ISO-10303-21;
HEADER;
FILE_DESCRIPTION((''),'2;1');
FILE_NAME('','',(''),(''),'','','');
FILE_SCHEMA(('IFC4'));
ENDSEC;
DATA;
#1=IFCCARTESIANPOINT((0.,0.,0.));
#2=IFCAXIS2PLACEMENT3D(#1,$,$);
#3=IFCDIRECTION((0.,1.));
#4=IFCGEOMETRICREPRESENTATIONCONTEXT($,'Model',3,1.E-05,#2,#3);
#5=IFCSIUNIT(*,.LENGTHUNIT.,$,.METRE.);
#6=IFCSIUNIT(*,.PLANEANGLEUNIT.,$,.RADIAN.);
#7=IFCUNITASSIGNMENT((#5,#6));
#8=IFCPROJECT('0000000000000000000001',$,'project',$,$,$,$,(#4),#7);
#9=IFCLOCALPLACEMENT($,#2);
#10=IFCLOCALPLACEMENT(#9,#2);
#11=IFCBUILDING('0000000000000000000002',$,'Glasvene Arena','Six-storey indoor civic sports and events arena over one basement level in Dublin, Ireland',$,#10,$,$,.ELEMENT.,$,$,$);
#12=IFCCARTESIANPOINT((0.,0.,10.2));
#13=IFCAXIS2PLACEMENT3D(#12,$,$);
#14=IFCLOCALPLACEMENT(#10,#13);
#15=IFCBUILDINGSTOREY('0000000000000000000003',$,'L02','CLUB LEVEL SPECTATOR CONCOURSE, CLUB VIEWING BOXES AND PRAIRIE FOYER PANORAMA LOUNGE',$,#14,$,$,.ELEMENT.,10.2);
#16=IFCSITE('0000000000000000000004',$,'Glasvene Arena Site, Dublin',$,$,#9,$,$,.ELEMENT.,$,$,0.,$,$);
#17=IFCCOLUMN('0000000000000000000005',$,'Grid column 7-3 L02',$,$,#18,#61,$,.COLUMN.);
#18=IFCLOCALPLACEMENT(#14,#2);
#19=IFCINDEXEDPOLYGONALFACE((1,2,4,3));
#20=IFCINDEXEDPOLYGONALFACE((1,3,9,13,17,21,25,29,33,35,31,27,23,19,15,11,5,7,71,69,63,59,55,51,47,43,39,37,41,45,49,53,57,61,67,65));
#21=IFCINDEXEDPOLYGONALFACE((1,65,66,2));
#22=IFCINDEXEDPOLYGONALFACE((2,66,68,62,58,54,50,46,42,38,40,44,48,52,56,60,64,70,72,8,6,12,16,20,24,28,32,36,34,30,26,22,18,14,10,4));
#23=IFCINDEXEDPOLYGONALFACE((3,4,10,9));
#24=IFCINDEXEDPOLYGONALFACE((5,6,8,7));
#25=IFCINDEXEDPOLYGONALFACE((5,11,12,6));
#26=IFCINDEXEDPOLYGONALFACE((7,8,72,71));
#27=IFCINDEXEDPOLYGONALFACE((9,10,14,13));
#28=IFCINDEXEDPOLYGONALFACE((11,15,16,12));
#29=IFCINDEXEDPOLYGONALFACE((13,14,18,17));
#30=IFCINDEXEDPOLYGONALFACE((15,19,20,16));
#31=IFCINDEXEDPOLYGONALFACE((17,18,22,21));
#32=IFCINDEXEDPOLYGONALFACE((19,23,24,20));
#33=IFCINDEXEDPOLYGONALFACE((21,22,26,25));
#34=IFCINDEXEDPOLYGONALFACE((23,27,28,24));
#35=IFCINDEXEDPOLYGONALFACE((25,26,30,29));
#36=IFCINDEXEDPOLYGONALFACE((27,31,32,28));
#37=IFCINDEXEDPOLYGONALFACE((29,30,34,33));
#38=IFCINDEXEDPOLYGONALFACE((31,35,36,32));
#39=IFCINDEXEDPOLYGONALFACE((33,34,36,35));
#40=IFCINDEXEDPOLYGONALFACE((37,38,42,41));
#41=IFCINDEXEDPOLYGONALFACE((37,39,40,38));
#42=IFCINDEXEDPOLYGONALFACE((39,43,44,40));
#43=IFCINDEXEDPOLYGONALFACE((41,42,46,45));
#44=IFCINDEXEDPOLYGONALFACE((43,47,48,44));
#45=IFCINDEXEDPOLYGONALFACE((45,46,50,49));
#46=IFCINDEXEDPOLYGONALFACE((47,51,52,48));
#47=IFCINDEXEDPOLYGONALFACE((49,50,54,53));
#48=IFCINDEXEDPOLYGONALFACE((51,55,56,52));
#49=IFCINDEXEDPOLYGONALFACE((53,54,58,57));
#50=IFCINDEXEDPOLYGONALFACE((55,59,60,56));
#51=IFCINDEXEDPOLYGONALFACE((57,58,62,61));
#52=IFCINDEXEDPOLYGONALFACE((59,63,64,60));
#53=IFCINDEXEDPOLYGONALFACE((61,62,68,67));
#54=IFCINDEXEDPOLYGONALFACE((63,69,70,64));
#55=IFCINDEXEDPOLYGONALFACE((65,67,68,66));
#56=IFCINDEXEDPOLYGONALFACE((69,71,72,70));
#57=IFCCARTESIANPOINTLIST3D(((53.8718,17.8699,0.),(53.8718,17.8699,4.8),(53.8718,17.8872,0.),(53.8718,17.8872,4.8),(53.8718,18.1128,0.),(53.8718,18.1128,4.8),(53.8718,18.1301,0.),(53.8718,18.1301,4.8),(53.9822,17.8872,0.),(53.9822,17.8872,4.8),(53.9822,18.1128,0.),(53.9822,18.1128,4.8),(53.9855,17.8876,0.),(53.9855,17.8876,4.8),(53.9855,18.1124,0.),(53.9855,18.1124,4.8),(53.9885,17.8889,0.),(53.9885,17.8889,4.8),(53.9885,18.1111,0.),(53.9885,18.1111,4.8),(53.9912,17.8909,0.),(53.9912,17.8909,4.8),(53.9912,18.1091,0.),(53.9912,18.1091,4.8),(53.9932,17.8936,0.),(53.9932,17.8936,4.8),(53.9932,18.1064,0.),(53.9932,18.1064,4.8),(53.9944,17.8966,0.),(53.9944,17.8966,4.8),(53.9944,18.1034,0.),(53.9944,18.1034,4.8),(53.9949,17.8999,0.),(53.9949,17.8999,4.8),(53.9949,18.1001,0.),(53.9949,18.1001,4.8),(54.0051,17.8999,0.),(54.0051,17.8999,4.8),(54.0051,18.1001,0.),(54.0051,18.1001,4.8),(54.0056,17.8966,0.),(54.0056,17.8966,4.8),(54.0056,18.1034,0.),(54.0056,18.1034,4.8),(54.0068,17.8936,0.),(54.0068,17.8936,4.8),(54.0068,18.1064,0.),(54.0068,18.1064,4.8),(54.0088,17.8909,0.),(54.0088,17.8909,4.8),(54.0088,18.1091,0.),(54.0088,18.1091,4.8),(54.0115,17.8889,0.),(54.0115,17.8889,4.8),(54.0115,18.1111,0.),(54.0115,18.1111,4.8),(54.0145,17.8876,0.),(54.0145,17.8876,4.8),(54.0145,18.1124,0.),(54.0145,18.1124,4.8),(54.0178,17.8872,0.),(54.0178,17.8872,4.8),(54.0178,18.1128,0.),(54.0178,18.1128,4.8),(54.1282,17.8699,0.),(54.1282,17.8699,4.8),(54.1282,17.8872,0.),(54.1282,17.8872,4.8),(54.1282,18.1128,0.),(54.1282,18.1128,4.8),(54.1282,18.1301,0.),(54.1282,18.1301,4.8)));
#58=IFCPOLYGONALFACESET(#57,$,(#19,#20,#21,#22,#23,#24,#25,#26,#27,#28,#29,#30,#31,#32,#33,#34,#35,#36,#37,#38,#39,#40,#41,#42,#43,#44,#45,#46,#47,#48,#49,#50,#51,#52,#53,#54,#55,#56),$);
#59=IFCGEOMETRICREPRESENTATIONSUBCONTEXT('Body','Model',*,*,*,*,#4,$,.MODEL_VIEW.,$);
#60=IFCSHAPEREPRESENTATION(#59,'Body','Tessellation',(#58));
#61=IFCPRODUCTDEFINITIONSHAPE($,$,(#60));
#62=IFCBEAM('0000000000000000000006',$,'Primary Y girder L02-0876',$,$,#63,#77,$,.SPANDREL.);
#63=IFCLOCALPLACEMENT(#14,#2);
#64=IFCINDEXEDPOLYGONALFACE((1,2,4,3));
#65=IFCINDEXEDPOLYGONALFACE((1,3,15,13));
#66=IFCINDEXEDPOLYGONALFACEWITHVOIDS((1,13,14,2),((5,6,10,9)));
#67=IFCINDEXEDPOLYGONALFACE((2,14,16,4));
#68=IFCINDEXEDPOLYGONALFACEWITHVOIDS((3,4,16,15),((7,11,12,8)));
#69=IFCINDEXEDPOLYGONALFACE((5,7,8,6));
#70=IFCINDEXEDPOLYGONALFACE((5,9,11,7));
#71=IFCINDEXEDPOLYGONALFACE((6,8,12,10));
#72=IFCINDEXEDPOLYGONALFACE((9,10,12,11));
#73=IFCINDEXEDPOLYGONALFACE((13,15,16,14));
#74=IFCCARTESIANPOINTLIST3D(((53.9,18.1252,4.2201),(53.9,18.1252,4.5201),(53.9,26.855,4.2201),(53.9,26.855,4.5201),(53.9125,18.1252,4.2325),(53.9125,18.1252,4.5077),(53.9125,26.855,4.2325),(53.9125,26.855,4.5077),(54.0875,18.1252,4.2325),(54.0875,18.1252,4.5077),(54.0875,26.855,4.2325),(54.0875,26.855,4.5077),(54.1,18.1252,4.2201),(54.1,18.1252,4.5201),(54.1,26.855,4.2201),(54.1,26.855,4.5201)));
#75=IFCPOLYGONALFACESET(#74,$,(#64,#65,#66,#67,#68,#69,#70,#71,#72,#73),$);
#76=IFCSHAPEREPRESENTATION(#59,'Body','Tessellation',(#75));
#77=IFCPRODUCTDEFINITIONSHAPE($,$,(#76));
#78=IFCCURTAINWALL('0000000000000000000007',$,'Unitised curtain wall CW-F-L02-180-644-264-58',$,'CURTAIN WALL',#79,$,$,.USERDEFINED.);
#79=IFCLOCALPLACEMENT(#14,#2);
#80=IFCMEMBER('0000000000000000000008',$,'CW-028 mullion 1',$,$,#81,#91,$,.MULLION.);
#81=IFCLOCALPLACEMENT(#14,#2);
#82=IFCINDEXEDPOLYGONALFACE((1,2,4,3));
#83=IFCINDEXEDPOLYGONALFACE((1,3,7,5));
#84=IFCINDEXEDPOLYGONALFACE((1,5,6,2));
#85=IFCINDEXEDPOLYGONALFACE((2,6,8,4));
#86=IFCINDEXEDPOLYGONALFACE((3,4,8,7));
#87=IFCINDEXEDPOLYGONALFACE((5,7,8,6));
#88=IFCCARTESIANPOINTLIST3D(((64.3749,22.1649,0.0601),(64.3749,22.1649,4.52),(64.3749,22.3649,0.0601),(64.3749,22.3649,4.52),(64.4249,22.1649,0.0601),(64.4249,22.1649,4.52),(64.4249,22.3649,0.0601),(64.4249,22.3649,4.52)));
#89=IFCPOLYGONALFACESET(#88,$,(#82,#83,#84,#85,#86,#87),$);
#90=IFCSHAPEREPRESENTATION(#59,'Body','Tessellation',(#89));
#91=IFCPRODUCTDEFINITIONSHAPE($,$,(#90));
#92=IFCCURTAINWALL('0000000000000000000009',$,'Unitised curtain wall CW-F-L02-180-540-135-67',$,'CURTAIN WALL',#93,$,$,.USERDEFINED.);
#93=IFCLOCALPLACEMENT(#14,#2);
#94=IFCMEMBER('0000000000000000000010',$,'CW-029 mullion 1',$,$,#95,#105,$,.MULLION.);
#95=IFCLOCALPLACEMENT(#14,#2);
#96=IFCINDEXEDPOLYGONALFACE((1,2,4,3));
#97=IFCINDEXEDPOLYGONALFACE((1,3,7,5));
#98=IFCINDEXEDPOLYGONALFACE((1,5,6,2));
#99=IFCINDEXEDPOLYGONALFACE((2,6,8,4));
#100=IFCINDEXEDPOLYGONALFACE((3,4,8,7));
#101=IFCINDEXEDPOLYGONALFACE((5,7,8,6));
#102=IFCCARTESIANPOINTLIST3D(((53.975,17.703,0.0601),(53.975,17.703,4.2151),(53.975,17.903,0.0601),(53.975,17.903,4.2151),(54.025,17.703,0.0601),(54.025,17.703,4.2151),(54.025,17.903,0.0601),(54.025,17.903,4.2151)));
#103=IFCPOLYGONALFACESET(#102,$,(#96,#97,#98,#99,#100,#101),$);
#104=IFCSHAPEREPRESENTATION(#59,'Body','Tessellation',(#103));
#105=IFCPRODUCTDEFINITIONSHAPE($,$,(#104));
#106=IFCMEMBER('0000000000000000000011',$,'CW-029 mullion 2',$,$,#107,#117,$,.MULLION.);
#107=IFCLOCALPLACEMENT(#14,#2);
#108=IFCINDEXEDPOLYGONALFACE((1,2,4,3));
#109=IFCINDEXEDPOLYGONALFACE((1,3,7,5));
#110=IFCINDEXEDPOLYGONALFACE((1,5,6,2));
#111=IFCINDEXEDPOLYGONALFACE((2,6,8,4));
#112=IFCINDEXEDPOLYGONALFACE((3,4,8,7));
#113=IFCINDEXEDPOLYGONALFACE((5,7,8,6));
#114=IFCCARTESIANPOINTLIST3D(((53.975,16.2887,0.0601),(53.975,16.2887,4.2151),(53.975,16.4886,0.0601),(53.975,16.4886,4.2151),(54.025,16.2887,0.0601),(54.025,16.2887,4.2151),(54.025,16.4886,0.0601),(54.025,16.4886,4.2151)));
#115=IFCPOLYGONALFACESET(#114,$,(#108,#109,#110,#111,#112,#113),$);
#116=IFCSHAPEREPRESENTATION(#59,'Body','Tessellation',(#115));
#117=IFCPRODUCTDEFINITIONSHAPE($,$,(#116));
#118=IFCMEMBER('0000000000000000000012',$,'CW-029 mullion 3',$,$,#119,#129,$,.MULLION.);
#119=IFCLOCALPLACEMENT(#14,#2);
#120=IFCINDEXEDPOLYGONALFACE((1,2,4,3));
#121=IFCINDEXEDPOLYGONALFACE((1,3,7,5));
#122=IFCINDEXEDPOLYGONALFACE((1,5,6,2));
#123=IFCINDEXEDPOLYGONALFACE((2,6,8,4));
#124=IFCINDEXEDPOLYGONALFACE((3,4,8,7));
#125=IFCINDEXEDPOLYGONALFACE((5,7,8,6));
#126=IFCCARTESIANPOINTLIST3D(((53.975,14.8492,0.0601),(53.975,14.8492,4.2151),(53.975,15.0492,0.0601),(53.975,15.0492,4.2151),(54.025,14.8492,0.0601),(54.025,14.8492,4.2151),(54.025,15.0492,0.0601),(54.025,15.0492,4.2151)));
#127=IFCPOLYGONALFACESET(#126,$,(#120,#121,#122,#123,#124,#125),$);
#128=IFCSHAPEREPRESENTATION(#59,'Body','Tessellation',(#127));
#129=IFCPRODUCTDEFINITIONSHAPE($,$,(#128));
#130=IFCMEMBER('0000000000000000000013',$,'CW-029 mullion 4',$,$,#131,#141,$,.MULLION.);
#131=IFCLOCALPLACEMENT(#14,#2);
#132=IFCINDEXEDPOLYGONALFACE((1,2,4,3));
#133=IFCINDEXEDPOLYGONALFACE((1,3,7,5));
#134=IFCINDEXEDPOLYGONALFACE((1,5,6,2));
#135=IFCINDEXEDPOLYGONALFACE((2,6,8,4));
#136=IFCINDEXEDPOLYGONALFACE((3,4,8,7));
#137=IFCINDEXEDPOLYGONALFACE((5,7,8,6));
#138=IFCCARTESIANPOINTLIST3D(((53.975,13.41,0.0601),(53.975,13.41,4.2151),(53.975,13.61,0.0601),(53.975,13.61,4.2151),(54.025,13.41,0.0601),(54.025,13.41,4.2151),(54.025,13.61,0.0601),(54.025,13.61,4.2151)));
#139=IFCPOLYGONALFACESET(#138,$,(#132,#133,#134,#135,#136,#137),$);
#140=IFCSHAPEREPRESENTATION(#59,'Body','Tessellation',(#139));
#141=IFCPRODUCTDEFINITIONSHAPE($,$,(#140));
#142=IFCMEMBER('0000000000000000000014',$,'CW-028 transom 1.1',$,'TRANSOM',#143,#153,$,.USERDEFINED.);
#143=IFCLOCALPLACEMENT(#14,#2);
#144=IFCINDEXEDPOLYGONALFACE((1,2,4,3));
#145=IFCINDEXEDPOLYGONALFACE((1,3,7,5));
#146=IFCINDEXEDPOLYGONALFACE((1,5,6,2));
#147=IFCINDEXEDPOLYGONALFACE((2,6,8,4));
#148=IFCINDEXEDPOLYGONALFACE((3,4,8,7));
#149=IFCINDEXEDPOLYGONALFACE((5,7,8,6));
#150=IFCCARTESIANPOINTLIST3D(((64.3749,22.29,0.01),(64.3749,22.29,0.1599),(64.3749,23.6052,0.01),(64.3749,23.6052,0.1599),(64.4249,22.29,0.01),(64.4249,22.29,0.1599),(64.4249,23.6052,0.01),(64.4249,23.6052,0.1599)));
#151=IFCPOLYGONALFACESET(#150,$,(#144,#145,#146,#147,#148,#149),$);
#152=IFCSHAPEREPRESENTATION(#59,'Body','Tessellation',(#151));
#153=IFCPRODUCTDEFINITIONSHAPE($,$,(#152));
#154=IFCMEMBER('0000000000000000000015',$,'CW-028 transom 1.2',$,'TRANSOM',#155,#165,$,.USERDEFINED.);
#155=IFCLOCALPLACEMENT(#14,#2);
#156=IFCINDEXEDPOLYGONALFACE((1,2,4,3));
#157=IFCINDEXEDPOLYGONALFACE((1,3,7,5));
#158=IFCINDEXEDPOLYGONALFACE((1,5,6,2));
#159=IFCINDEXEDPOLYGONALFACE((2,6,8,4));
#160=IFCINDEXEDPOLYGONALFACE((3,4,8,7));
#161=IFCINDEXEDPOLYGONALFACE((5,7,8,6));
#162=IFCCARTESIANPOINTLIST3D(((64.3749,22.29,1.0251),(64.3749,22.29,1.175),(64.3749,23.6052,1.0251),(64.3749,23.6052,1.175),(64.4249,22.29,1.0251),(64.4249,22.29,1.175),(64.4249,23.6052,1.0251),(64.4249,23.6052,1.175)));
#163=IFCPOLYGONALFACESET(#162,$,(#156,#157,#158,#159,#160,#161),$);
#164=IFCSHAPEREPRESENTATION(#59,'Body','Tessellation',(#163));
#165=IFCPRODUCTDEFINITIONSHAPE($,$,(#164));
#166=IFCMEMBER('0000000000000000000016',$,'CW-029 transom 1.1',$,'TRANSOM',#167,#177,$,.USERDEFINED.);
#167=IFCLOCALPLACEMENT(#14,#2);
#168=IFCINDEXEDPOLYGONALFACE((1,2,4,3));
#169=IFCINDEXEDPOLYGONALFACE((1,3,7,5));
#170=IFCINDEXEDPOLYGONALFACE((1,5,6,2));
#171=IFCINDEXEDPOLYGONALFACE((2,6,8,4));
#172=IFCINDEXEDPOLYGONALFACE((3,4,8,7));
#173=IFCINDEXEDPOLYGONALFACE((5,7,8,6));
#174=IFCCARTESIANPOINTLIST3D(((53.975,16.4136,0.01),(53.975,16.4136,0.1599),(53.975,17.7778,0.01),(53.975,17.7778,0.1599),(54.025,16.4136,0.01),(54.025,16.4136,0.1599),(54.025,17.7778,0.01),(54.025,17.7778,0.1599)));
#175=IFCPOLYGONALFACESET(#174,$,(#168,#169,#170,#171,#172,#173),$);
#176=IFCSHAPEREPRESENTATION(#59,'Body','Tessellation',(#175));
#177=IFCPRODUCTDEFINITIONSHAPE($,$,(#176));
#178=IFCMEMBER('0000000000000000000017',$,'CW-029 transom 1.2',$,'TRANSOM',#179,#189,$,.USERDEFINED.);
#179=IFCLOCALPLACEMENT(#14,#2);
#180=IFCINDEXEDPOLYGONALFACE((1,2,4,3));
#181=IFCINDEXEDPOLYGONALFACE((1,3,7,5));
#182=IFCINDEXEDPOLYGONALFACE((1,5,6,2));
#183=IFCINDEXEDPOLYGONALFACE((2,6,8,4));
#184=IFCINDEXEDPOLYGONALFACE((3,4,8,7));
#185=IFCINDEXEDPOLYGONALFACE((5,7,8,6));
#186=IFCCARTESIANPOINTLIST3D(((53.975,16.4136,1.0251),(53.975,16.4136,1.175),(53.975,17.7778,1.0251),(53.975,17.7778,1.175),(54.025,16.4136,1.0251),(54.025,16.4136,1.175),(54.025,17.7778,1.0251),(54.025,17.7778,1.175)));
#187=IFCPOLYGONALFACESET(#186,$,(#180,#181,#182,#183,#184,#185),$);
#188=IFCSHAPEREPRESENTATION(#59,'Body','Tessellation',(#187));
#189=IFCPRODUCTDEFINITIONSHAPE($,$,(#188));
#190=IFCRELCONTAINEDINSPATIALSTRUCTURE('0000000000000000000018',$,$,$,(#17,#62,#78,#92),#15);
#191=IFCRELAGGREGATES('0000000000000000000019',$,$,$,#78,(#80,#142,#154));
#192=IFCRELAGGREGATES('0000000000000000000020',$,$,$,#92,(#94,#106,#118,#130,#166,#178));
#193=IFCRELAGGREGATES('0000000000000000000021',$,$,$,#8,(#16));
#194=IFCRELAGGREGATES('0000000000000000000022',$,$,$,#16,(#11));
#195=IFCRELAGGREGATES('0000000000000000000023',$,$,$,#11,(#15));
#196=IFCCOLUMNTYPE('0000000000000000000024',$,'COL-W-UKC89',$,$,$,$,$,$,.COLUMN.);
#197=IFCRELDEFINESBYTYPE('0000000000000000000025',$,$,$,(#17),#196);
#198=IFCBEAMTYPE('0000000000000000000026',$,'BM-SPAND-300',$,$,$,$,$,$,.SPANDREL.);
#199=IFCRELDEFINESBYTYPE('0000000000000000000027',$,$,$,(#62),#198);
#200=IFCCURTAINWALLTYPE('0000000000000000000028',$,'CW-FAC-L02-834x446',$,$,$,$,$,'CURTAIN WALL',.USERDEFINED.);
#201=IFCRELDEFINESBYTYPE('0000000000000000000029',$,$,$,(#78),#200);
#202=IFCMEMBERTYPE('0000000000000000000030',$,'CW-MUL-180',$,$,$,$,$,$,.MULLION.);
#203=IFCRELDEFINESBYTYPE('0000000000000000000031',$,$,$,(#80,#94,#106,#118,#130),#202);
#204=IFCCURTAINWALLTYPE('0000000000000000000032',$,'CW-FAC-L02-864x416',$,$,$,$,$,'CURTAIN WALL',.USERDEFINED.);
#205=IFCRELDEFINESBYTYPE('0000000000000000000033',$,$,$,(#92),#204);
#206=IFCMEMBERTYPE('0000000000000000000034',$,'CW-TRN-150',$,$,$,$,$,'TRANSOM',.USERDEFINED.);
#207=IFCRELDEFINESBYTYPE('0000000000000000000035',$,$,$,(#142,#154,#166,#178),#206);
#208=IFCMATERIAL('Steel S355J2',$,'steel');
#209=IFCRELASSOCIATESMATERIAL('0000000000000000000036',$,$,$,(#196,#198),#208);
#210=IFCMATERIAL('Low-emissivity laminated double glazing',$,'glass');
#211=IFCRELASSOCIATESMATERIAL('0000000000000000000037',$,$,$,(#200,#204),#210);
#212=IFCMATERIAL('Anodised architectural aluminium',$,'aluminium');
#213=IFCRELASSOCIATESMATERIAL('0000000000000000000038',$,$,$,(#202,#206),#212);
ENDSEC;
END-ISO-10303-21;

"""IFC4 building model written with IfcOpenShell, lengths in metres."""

from ifc_helpers import new_model, si_unit, direction, frame, origin, origin_2d, place, context, subcontext, project, spatial, rectangle, hollow_rectangle, i_section, extrude, material, material_profile, profile_set, type_object, element, aggregate, save


model = new_model("IFC4")

# Units and contexts
model_context = context("Model", 3, precision=1e-05, world=origin(), true_north=direction((0.0, 1.0)))
body_context = subcontext(model_context, "Body", "Model", "MODEL_VIEW")
ifc_project = project(units=[si_unit("LENGTHUNIT", "METRE"), si_unit("PLANEANGLEUNIT", "RADIAN")], contexts=[model_context])

# Site, building, storey
site_placement = place(None, origin())
site = spatial("IfcSite", under=ifc_project, at=site_placement, Name="Glasvene Arena Site, Dublin", CompositionType="ELEMENT", RefElevation=0.0)
building_placement = place(site_placement, origin())
building = spatial("IfcBuilding", under=site, at=building_placement, Name="Glasvene Arena", Description="Six-storey indoor civic sports and events arena over one basement level in Dublin, Ireland", CompositionType="ELEMENT")
storey_placement = place(building_placement, frame((0.0, 0.0, 10.2)))
storey = spatial("IfcBuildingStorey", under=building, at=storey_placement, Name="L02", Description="CLUB LEVEL SPECTATOR CONCOURSE, CLUB VIEWING BOXES AND PRAIRIE FOYER PANORAMA LOUNGE", CompositionType="ELEMENT", Elevation=10.2)

# Column
ifc_material_1 = material(Name="Steel S355J2", Category="steel")
ifc_material_profile_1 = material_profile(ifc_material_1, i_section(OverallWidth=0.2563, OverallDepth=0.2603, WebThickness=0.0103, FlangeThickness=0.0173, FilletRadius=0.0127, at=origin_2d()), Name="UKC 254x254x89")
ifc_profile_set_1 = profile_set([ifc_material_profile_1], Name="Steel S355J2")
column_type = type_object("IfcColumnType", Name="COL-W-UKC89", PredefinedType="COLUMN", material=ifc_profile_set_1)
column_placement = place(storey_placement, frame((54.0, 18.0, 0.0), z_axis=(0.0, 0.0, 1.0), x_axis=(1.0, 0.0, 0.0)))
element("IfcColumn", 1, at=column_placement, inside=storey, type_object=column_type, Name="Grid column 7-3 L02", PredefinedType="COLUMN", context=body_context, shape_type="SweptSolid", body=[
    extrude(i_section(OverallWidth=0.2563, OverallDepth=0.2603, WebThickness=0.0103, FlangeThickness=0.0173, FilletRadius=0.0127, at=origin_2d()), origin(), (0.0, 0.0, 1.0), 4.8),
])

# Beam
ifc_material_profile_2 = material_profile(ifc_material_1, hollow_rectangle(XDim=0.2, YDim=0.3, WallThickness=0.0125, at=origin_2d()), Name="RHS 300x200x12.5")
ifc_profile_set_2 = profile_set([ifc_material_profile_2], Name="Steel S355J2")
beam_type = type_object("IfcBeamType", Name="BM-SPAND-300", PredefinedType="SPANDREL", material=ifc_profile_set_2)
beam_placement = place(storey_placement, frame((54.0, 18.1252, 4.3701), z_axis=(0.0, 1.0, 0.0), x_axis=(-1.0, 0.0, 0.0)))
element("IfcBeam", 2, at=beam_placement, inside=storey, type_object=beam_type, Name="Primary Y girder L02-0876", PredefinedType="SPANDREL", context=body_context, shape_type="SweptSolid", body=[
    extrude(hollow_rectangle(XDim=0.2, YDim=0.3, WallThickness=0.0125, at=origin_2d()), origin(), (0.0, 0.0, 1.0), 8.7297),
])

# Curtain wall, member
ifc_material_2 = material(Name="Low-emissivity laminated double glazing", Category="glass")
curtain_wall_type_1 = type_object("IfcCurtainWallType", Name="CW-FAC-L02-834x446", ElementType="CURTAIN WALL", PredefinedType="USERDEFINED", material=ifc_material_2)
curtain_wall_1_placement = place(storey_placement, frame((64.3999, 22.24, 0.0)))
curtain_wall_1 = element("IfcCurtainWall", 3, at=curtain_wall_1_placement, inside=storey, type_object=curtain_wall_type_1, Name="Unitised curtain wall CW-F-L02-180-644-264-58", ObjectType="CURTAIN WALL", PredefinedType="USERDEFINED")
ifc_material_3 = material(Name="Anodised architectural aluminium", Category="aluminium")
ifc_material_profile_3 = material_profile(ifc_material_3, rectangle(XDim=0.05, YDim=0.2, at=origin_2d()), Name="ALU MULLION 50x200")
ifc_profile_set_3 = profile_set([ifc_material_profile_3], Name="Anodised architectural aluminium")
member_type_1 = type_object("IfcMemberType", Name="CW-MUL-180", PredefinedType="MULLION", material=ifc_profile_set_3)
member_1_placement = place(storey_placement, frame((64.3999, 22.2649, 0.0601), z_axis=(0.0, 0.0, 1.0), x_axis=(-1.0, 0.0, 0.0)))
member_1 = element("IfcMember", 4, at=member_1_placement, type_object=member_type_1, Name="CW-028 mullion 1", PredefinedType="MULLION", context=body_context, shape_type="SweptSolid", body=[
    extrude(rectangle(XDim=0.05, YDim=0.2, at=origin_2d()), origin(), (0.0, 0.0, 1.0), 4.46),
])

# Curtain wall, members
curtain_wall_type_2 = type_object("IfcCurtainWallType", Name="CW-FAC-L02-864x416", ElementType="CURTAIN WALL", PredefinedType="USERDEFINED", material=ifc_material_2)
curtain_wall_2_placement = place(storey_placement, frame((54.0, 17.8279, 0.0)))
curtain_wall_2 = element("IfcCurtainWall", 5, at=curtain_wall_2_placement, inside=storey, type_object=curtain_wall_type_2, Name="Unitised curtain wall CW-F-L02-180-540-135-67", ObjectType="CURTAIN WALL", PredefinedType="USERDEFINED")
member_2_placement = place(storey_placement, frame((54.0, 17.803, 0.0601), z_axis=(0.0, 0.0, 1.0), x_axis=(1.0, 0.0, 0.0)))
member_2 = element("IfcMember", 6, at=member_2_placement, type_object=member_type_1, Name="CW-029 mullion 1", PredefinedType="MULLION", context=body_context, shape_type="SweptSolid", body=[
    extrude(rectangle(XDim=0.05, YDim=0.2, at=origin_2d()), origin(), (0.0, 0.0, 1.0), 4.155),
])
member_3_placement = place(storey_placement, frame((54.0, 16.3887, 0.0601), z_axis=(0.0, 0.0, 1.0), x_axis=(1.0, 0.0, 0.0)))
member_3 = element("IfcMember", 7, at=member_3_placement, type_object=member_type_1, Name="CW-029 mullion 2", PredefinedType="MULLION", context=body_context, shape_type="SweptSolid", body=[
    extrude(rectangle(XDim=0.05, YDim=0.2, at=origin_2d()), origin(), (0.0, 0.0, 1.0), 4.155),
])
member_4_placement = place(storey_placement, frame((54.0, 14.9492, 0.0601), z_axis=(0.0, 0.0, 1.0), x_axis=(1.0, 0.0, 0.0)))
member_4 = element("IfcMember", 8, at=member_4_placement, type_object=member_type_1, Name="CW-029 mullion 3", PredefinedType="MULLION", context=body_context, shape_type="SweptSolid", body=[
    extrude(rectangle(XDim=0.05, YDim=0.2, at=origin_2d()), origin(), (0.0, 0.0, 1.0), 4.155),
])
member_5_placement = place(storey_placement, frame((54.0, 13.51, 0.0601), z_axis=(0.0, 0.0, 1.0), x_axis=(1.0, 0.0, 0.0)))
member_5 = element("IfcMember", 9, at=member_5_placement, type_object=member_type_1, Name="CW-029 mullion 4", PredefinedType="MULLION", context=body_context, shape_type="SweptSolid", body=[
    extrude(rectangle(XDim=0.05, YDim=0.2, at=origin_2d()), origin(), (0.0, 0.0, 1.0), 4.155),
])

# Members
ifc_material_profile_4 = material_profile(ifc_material_3, rectangle(XDim=0.05, YDim=0.1499, at=origin_2d()), Name="ALU TRANSOM 50x150")
ifc_profile_set_4 = profile_set([ifc_material_profile_4], Name="Anodised architectural aluminium")
member_type_2 = type_object("IfcMemberType", Name="CW-TRN-150", ElementType="TRANSOM", PredefinedType="USERDEFINED", material=ifc_profile_set_4)
member_6_placement = place(storey_placement, frame((64.3999, 22.29, 0.085), z_axis=(0.0, 1.0, 0.0), x_axis=(-1.0, 0.0, 0.0)))
member_6 = element("IfcMember", 10, at=member_6_placement, type_object=member_type_2, Name="CW-028 transom 1.1", ObjectType="TRANSOM", PredefinedType="USERDEFINED", context=body_context, shape_type="SweptSolid", body=[
    extrude(rectangle(XDim=0.05, YDim=0.1499, at=origin_2d()), origin(), (0.0, 0.0, 1.0), 1.3152),
])
member_7_placement = place(storey_placement, frame((64.3999, 22.29, 1.1001), z_axis=(0.0, 1.0, 0.0), x_axis=(-1.0, 0.0, 0.0)))
member_7 = element("IfcMember", 11, at=member_7_placement, type_object=member_type_2, Name="CW-028 transom 1.2", ObjectType="TRANSOM", PredefinedType="USERDEFINED", context=body_context, shape_type="SweptSolid", body=[
    extrude(rectangle(XDim=0.05, YDim=0.1499, at=origin_2d()), origin(), (0.0, 0.0, 1.0), 1.3152),
])
aggregate(curtain_wall_1, [member_1, member_6, member_7])
member_8_placement = place(storey_placement, frame((54.0, 17.7778, 0.085), z_axis=(0.0, -1.0, 0.0), x_axis=(1.0, 0.0, 0.0)))
member_8 = element("IfcMember", 12, at=member_8_placement, type_object=member_type_2, Name="CW-029 transom 1.1", ObjectType="TRANSOM", PredefinedType="USERDEFINED", context=body_context, shape_type="SweptSolid", body=[
    extrude(rectangle(XDim=0.05, YDim=0.1499, at=origin_2d()), origin(), (0.0, 0.0, 1.0), 1.3643),
])
member_9_placement = place(storey_placement, frame((54.0, 17.7778, 1.1001), z_axis=(0.0, -1.0, 0.0), x_axis=(1.0, 0.0, 0.0)))
member_9 = element("IfcMember", 13, at=member_9_placement, type_object=member_type_2, Name="CW-029 transom 1.2", ObjectType="TRANSOM", PredefinedType="USERDEFINED", context=body_context, shape_type="SweptSolid", body=[
    extrude(rectangle(XDim=0.05, YDim=0.1499, at=origin_2d()), origin(), (0.0, 0.0, 1.0), 1.3643),
])

aggregate(curtain_wall_2, [member_2, member_3, member_4, member_5, member_8, member_9])

save(model, "model.ifc")
